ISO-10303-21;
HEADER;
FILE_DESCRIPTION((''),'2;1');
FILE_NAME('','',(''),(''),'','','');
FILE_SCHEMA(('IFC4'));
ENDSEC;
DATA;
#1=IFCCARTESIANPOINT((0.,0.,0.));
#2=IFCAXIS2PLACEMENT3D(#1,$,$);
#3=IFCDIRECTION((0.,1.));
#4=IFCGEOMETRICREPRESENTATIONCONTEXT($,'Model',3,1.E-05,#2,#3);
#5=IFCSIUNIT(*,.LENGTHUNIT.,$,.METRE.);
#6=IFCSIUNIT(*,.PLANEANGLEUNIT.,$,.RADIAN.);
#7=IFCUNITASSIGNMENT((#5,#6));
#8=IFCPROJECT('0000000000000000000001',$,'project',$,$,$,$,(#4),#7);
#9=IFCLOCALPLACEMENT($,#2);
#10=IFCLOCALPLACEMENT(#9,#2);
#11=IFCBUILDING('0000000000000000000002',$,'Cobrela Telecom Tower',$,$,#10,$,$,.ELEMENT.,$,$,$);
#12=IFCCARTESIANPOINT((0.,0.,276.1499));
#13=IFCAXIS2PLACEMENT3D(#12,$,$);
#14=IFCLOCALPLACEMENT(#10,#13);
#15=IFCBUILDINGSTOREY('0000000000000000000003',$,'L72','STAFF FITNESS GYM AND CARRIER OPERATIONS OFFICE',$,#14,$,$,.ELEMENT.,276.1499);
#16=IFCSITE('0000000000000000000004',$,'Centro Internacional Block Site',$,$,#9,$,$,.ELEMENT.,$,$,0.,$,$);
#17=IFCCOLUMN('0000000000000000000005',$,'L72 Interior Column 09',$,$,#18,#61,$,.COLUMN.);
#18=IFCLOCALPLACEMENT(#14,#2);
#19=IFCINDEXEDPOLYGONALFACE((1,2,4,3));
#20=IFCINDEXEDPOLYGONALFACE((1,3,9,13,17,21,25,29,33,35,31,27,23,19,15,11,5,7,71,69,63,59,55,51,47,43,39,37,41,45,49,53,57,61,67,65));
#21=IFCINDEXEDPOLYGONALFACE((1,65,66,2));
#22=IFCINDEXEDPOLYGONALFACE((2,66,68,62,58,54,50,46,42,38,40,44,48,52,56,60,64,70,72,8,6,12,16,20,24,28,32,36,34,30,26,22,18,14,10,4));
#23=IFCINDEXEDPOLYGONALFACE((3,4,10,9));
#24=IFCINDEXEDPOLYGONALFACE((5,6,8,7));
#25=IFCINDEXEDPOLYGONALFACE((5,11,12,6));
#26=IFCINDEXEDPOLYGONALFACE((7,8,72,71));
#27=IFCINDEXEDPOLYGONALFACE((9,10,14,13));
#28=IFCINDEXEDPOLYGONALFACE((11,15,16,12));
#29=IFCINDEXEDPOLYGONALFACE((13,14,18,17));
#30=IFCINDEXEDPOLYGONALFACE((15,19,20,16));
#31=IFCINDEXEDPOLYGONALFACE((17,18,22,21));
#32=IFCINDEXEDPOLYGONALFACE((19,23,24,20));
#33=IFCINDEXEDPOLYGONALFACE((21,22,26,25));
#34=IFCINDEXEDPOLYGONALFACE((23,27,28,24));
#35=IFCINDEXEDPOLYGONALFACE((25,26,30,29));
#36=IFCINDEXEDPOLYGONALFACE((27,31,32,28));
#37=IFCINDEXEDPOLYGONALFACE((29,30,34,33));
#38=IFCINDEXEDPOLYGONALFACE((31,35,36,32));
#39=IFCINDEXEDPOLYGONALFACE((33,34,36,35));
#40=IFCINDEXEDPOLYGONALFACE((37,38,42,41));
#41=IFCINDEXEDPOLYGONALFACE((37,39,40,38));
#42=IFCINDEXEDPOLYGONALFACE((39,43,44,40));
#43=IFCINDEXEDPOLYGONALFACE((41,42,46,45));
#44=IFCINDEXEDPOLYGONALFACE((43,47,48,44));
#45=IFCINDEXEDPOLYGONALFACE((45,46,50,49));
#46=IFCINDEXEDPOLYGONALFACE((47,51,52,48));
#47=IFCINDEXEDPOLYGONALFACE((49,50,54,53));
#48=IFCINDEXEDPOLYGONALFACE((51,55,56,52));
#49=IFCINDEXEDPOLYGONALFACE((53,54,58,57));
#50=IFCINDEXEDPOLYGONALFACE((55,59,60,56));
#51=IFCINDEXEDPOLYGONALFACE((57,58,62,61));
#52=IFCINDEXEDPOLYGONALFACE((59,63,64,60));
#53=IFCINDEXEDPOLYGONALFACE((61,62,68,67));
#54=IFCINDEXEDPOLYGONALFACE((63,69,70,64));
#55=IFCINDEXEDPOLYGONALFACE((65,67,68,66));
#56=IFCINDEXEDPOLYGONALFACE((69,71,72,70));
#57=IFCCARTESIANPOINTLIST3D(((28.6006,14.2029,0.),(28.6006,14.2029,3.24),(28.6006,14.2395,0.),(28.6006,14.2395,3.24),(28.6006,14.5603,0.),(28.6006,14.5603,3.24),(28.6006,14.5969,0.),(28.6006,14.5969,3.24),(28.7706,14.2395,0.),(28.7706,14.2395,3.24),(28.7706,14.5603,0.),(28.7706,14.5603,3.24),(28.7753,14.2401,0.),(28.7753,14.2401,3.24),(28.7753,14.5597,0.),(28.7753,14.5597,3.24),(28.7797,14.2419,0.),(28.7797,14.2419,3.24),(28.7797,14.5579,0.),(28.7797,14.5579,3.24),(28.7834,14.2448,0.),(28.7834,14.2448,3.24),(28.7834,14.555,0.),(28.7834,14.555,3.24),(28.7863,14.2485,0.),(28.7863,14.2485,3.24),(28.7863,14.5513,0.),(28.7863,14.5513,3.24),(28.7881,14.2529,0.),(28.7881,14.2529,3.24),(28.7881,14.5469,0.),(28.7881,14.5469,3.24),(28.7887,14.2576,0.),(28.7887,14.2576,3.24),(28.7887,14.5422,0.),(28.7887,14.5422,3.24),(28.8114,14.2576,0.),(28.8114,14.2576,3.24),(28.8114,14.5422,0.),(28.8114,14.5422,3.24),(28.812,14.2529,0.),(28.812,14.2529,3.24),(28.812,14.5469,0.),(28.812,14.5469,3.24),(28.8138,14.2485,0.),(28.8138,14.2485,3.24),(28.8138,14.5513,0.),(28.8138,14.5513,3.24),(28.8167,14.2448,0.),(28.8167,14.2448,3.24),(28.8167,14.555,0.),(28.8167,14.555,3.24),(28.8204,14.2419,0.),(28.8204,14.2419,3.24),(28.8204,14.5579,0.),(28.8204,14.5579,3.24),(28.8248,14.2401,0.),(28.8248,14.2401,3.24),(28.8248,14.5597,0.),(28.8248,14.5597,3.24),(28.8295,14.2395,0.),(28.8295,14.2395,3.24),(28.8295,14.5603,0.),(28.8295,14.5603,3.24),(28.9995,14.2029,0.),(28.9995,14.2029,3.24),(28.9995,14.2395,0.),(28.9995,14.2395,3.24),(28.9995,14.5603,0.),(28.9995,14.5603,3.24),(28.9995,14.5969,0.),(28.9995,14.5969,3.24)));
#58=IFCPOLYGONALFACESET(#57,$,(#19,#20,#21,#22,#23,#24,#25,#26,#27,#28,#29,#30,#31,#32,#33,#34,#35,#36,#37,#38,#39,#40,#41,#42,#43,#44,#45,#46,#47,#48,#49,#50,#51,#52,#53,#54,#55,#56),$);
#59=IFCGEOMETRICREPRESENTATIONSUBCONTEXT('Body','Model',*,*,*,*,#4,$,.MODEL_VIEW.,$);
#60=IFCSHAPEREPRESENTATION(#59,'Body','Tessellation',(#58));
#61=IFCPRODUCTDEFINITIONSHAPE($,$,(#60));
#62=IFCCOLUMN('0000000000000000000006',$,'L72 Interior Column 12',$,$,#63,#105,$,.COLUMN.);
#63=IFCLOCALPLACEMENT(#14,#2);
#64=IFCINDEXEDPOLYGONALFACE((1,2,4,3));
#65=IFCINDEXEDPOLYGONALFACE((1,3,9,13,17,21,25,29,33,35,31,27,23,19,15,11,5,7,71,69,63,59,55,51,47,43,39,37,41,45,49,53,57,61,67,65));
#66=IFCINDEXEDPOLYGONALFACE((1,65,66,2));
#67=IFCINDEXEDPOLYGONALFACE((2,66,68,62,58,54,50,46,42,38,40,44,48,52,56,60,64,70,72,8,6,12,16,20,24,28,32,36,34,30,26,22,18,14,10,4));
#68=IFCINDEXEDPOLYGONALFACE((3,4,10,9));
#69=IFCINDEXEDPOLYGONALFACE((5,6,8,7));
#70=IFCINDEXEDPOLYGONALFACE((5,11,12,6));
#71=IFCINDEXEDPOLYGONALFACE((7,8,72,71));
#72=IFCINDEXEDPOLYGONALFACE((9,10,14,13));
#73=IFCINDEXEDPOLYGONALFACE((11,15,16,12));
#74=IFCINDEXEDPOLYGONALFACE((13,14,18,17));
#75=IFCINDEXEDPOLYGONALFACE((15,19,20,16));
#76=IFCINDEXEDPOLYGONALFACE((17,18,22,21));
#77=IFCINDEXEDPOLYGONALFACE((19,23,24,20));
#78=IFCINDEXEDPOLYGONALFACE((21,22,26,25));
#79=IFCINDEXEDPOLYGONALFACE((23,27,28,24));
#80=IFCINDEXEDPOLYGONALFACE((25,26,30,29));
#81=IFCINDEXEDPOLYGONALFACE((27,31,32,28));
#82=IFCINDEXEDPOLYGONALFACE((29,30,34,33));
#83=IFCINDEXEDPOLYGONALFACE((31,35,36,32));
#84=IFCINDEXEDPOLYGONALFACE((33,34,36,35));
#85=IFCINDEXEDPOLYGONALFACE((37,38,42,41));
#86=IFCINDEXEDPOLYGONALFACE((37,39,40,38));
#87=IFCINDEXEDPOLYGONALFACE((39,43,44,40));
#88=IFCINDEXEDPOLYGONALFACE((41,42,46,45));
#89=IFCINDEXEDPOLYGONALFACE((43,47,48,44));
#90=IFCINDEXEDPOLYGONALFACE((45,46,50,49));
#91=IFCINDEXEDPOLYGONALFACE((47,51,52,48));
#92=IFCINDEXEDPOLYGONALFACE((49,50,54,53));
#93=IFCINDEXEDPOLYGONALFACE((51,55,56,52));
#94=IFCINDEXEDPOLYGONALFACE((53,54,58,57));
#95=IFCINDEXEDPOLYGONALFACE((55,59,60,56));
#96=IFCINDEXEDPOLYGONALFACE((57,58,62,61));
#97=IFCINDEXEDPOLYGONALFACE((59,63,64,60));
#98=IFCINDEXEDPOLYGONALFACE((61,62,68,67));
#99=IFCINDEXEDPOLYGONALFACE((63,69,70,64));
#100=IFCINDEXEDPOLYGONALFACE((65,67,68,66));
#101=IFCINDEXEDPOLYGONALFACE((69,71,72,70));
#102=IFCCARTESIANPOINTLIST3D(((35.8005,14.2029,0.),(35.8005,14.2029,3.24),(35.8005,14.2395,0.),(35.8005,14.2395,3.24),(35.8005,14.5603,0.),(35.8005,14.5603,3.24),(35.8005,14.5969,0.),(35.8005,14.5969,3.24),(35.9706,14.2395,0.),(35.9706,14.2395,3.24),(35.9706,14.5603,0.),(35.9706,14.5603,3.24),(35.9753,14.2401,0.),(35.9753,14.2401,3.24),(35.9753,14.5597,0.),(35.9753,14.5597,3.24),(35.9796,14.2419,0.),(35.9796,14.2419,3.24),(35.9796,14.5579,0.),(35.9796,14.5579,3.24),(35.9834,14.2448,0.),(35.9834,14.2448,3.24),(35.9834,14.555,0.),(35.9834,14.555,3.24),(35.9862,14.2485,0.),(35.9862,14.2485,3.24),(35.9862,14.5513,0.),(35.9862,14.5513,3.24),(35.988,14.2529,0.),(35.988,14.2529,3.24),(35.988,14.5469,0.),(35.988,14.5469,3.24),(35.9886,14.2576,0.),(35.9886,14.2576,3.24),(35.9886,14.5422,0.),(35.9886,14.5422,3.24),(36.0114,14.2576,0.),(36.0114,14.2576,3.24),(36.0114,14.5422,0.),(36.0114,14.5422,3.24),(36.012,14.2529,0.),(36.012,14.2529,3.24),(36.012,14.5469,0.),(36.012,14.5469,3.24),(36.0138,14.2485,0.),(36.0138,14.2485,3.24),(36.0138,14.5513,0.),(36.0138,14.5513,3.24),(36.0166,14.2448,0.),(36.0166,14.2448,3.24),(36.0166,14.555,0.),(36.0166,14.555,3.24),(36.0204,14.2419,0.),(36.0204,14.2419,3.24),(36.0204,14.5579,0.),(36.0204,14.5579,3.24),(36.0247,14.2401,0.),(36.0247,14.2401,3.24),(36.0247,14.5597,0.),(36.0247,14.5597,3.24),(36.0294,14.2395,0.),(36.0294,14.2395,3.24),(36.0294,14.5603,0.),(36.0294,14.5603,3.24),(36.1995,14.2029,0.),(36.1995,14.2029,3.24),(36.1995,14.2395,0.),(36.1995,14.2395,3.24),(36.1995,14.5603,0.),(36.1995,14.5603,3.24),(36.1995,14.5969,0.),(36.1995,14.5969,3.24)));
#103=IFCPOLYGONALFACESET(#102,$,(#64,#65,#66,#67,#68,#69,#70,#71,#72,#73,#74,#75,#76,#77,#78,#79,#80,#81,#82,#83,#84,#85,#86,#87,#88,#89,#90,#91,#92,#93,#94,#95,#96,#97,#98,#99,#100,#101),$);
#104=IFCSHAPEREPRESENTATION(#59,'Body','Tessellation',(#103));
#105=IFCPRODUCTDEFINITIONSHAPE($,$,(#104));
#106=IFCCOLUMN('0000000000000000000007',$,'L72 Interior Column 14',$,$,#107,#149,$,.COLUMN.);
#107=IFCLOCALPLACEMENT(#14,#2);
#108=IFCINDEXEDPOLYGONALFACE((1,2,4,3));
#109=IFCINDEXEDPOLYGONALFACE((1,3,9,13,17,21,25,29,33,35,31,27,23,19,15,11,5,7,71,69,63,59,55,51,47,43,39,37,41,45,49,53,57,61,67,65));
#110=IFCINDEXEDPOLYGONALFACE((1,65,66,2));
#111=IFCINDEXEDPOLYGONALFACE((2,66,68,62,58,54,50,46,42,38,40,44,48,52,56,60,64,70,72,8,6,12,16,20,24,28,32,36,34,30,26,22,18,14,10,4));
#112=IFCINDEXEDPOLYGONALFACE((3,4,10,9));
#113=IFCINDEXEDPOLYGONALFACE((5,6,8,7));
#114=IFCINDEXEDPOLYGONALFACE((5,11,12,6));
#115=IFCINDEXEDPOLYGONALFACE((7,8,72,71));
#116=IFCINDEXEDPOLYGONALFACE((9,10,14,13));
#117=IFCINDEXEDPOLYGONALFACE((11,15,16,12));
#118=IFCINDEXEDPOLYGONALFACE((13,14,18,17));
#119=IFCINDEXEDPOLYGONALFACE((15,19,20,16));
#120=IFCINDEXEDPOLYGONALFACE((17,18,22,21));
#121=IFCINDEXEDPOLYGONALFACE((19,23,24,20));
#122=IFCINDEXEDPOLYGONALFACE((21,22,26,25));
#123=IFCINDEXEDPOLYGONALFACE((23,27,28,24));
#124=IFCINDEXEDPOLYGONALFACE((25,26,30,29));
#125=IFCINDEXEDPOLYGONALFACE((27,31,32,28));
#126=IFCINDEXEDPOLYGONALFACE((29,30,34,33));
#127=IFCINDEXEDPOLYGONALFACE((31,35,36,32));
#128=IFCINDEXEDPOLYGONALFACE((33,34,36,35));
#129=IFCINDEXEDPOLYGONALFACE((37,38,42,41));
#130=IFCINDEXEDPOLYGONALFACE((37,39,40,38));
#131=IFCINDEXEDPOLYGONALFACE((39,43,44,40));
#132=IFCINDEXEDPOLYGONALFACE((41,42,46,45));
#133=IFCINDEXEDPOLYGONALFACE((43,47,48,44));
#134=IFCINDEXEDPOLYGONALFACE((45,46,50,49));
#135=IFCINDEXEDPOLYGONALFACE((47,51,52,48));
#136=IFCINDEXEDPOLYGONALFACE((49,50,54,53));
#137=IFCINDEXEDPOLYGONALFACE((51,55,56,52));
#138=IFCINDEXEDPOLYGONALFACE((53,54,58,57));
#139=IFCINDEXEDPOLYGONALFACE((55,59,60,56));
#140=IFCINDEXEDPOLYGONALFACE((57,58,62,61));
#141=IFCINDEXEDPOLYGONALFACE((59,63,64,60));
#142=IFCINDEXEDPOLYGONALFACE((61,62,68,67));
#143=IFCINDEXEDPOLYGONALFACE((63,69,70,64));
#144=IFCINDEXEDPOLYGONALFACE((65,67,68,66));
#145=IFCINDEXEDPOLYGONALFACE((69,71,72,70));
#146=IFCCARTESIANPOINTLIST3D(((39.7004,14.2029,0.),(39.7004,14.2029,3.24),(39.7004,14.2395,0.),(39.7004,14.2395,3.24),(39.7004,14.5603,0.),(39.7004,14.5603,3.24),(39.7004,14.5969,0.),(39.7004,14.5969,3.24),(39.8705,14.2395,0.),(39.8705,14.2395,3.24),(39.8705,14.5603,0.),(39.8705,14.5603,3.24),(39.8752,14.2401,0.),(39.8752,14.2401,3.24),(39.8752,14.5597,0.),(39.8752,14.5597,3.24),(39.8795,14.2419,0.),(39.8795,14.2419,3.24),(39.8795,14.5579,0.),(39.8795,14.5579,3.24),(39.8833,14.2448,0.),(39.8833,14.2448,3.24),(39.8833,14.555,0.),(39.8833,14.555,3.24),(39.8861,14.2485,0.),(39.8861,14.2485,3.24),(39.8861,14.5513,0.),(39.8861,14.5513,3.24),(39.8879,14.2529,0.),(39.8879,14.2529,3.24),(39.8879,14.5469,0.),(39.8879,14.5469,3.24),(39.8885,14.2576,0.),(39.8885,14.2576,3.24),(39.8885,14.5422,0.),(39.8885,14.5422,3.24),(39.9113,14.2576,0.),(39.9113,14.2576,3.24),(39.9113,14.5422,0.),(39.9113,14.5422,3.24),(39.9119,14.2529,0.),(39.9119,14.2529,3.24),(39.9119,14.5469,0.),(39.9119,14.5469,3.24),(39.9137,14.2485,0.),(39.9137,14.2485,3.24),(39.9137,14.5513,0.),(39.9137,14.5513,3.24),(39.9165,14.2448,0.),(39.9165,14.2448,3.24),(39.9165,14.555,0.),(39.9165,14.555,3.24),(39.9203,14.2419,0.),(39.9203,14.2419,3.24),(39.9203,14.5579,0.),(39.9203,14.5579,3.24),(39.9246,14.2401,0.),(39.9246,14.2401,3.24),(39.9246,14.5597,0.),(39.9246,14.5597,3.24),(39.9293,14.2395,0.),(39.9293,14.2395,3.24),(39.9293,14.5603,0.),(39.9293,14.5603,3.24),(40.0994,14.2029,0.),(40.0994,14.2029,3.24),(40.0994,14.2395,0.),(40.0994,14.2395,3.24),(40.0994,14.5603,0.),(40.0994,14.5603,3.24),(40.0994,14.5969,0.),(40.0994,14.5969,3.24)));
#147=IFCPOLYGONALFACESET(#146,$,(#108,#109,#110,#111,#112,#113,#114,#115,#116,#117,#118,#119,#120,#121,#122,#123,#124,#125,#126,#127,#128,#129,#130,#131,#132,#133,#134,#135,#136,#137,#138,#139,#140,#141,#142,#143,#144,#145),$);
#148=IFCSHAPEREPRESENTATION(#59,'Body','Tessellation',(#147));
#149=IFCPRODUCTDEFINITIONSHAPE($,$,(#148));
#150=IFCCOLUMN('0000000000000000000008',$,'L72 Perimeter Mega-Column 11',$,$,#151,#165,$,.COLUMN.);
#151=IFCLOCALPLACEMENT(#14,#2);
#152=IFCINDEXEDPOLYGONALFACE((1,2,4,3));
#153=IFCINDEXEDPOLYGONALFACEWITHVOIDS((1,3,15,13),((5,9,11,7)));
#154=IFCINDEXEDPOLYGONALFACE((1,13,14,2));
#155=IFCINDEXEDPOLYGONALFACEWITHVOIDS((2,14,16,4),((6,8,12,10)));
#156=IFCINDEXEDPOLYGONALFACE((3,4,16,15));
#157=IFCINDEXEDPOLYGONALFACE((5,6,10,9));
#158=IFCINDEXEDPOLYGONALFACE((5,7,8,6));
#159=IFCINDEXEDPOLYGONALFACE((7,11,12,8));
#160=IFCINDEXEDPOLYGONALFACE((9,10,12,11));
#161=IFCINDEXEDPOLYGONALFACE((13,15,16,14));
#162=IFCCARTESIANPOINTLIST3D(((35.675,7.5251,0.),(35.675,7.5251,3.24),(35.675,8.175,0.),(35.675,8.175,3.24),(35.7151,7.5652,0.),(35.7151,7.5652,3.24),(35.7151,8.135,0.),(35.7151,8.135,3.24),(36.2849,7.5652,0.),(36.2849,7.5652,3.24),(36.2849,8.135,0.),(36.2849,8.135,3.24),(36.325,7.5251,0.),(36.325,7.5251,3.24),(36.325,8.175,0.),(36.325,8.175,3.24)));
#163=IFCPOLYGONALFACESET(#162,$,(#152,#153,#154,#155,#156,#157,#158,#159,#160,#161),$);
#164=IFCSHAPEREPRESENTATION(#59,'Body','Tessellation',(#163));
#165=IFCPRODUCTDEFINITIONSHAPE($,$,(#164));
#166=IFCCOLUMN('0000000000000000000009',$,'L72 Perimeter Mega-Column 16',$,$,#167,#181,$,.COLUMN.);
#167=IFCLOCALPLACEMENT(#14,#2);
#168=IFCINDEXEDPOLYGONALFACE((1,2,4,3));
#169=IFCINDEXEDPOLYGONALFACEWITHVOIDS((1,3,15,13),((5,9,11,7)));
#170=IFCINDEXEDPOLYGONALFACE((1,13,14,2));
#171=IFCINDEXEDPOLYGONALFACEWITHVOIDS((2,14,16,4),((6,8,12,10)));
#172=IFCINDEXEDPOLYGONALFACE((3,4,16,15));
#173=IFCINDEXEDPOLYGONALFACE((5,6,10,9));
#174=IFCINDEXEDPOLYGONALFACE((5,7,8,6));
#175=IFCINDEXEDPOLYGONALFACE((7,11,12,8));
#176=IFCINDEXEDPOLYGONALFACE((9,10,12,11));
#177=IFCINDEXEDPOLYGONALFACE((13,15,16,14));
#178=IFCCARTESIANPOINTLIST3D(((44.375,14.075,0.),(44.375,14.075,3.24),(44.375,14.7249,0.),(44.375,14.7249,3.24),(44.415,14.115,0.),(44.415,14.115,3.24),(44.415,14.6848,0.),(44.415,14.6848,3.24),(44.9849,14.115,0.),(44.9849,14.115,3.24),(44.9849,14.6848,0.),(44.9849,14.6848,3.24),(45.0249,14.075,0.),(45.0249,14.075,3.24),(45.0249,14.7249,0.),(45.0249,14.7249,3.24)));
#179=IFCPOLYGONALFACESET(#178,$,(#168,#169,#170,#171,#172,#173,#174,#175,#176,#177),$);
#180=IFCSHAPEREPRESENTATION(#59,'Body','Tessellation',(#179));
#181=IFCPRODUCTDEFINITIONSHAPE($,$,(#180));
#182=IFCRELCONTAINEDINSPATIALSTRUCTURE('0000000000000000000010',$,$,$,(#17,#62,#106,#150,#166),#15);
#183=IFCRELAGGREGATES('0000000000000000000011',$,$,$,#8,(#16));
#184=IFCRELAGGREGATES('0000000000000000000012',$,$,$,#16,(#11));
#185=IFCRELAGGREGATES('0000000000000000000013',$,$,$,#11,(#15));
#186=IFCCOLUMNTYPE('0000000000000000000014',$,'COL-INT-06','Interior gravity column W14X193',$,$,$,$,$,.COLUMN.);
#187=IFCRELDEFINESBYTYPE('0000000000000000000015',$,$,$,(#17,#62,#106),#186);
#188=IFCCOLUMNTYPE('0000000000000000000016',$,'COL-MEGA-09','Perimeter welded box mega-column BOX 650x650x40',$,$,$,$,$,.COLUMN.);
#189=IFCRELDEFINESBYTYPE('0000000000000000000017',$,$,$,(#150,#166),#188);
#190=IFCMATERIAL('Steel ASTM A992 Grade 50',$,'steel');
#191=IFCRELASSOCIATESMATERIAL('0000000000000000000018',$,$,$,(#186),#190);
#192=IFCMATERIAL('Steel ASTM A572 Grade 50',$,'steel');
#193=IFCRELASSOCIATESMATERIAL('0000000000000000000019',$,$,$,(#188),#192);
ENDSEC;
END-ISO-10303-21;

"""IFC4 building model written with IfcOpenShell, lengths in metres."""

from ifc_helpers import new_model, si_unit, direction, frame, origin, origin_2d, place, context, subcontext, project, spatial, hollow_rectangle, i_section, extrude, material, material_profile, profile_set, type_object, element, save


model = new_model("IFC4")

# Units and contexts
model_context = context("Model", 3, precision=1e-05, world=origin(), true_north=direction((0.0, 1.0)))
body_context = subcontext(model_context, "Body", "Model", "MODEL_VIEW")
ifc_project = project(units=[si_unit("LENGTHUNIT", "METRE"), si_unit("PLANEANGLEUNIT", "RADIAN")], contexts=[model_context])

# Site, building, storey
site_placement = place(None, origin())
site = spatial("IfcSite", under=ifc_project, at=site_placement, Name="Centro Internacional Block Site", CompositionType="ELEMENT", RefElevation=0.0)
building_placement = place(site_placement, origin())
building = spatial("IfcBuilding", under=site, at=building_placement, Name="Cobrela Telecom Tower", CompositionType="ELEMENT")
storey_placement = place(building_placement, frame((0.0, 0.0, 276.1499)))
storey = spatial("IfcBuildingStorey", under=building, at=storey_placement, Name="L72", Description="STAFF FITNESS GYM AND CARRIER OPERATIONS OFFICE", CompositionType="ELEMENT", Elevation=276.1499)

# Columns
ifc_material_1 = material(Name="Steel ASTM A992 Grade 50", Category="steel")
ifc_material_profile_1 = material_profile(ifc_material_1, i_section(OverallWidth=0.3989, OverallDepth=0.394, WebThickness=0.0227, FlangeThickness=0.0366, FilletRadius=0.0181, at=origin_2d()), Name="W14X193")
ifc_profile_set_1 = profile_set([ifc_material_profile_1], Name="Steel ASTM A992 Grade 50")
column_type_1 = type_object("IfcColumnType", Name="COL-INT-06", Description="Interior gravity column W14X193", PredefinedType="COLUMN", material=ifc_profile_set_1)
for number, where, z_axis, x_axis, name in (
    (1, (28.8, 14.3999, 0.0), (0.0, 0.0, 1.0), (1.0, 0.0, 0.0), "L72 Interior Column 09"),
    (2, (36.0, 14.3999, 0.0), (0.0, 0.0, 1.0), (1.0, 0.0, 0.0), "L72 Interior Column 12"),
    (3, (39.8999, 14.3999, 0.0), (0.0, 0.0, 1.0), (1.0, 0.0, 0.0), "L72 Interior Column 14"),
):
    element("IfcColumn", number, at=place(storey_placement, frame(where, z_axis=z_axis, x_axis=x_axis)), inside=storey, type_object=column_type_1, Name=name, PredefinedType="COLUMN", context=body_context, shape_type="SweptSolid", body=[
        extrude(i_section(OverallWidth=0.3989, OverallDepth=0.394, WebThickness=0.0227, FlangeThickness=0.0366, FilletRadius=0.0181, at=origin_2d()), origin(), (0.0, 0.0, 1.0), 3.24),
    ])
ifc_material_2 = material(Name="Steel ASTM A572 Grade 50", Category="steel")
ifc_material_profile_2 = material_profile(ifc_material_2, hollow_rectangle(XDim=0.6499, YDim=0.6499, WallThickness=0.04, at=origin_2d()), Name="BOX 650x650x40")
ifc_profile_set_2 = profile_set([ifc_material_profile_2], Name="Steel ASTM A572 Grade 50")
column_type_2 = type_object("IfcColumnType", Name="COL-MEGA-09", Description="Perimeter welded box mega-column BOX 650x650x40", PredefinedType="COLUMN", material=ifc_profile_set_2)
for number, where, z_axis, x_axis, name in (
    (4, (36.0, 7.8501, 0.0), (0.0, 0.0, 1.0), (1.0, 0.0, 0.0), "L72 Perimeter Mega-Column 11"),
    (5, (44.7, 14.3999, 0.0), (0.0, 0.0, 1.0), (1.0, 0.0, 0.0), "L72 Perimeter Mega-Column 16"),
):
    element("IfcColumn", number, at=place(storey_placement, frame(where, z_axis=z_axis, x_axis=x_axis)), inside=storey, type_object=column_type_2, Name=name, PredefinedType="COLUMN", context=body_context, shape_type="SweptSolid", body=[
        extrude(hollow_rectangle(XDim=0.6499, YDim=0.6499, WallThickness=0.04, at=origin_2d()), origin(), (0.0, 0.0, 1.0), 3.24),
    ])

save(model, "model.ifc")
